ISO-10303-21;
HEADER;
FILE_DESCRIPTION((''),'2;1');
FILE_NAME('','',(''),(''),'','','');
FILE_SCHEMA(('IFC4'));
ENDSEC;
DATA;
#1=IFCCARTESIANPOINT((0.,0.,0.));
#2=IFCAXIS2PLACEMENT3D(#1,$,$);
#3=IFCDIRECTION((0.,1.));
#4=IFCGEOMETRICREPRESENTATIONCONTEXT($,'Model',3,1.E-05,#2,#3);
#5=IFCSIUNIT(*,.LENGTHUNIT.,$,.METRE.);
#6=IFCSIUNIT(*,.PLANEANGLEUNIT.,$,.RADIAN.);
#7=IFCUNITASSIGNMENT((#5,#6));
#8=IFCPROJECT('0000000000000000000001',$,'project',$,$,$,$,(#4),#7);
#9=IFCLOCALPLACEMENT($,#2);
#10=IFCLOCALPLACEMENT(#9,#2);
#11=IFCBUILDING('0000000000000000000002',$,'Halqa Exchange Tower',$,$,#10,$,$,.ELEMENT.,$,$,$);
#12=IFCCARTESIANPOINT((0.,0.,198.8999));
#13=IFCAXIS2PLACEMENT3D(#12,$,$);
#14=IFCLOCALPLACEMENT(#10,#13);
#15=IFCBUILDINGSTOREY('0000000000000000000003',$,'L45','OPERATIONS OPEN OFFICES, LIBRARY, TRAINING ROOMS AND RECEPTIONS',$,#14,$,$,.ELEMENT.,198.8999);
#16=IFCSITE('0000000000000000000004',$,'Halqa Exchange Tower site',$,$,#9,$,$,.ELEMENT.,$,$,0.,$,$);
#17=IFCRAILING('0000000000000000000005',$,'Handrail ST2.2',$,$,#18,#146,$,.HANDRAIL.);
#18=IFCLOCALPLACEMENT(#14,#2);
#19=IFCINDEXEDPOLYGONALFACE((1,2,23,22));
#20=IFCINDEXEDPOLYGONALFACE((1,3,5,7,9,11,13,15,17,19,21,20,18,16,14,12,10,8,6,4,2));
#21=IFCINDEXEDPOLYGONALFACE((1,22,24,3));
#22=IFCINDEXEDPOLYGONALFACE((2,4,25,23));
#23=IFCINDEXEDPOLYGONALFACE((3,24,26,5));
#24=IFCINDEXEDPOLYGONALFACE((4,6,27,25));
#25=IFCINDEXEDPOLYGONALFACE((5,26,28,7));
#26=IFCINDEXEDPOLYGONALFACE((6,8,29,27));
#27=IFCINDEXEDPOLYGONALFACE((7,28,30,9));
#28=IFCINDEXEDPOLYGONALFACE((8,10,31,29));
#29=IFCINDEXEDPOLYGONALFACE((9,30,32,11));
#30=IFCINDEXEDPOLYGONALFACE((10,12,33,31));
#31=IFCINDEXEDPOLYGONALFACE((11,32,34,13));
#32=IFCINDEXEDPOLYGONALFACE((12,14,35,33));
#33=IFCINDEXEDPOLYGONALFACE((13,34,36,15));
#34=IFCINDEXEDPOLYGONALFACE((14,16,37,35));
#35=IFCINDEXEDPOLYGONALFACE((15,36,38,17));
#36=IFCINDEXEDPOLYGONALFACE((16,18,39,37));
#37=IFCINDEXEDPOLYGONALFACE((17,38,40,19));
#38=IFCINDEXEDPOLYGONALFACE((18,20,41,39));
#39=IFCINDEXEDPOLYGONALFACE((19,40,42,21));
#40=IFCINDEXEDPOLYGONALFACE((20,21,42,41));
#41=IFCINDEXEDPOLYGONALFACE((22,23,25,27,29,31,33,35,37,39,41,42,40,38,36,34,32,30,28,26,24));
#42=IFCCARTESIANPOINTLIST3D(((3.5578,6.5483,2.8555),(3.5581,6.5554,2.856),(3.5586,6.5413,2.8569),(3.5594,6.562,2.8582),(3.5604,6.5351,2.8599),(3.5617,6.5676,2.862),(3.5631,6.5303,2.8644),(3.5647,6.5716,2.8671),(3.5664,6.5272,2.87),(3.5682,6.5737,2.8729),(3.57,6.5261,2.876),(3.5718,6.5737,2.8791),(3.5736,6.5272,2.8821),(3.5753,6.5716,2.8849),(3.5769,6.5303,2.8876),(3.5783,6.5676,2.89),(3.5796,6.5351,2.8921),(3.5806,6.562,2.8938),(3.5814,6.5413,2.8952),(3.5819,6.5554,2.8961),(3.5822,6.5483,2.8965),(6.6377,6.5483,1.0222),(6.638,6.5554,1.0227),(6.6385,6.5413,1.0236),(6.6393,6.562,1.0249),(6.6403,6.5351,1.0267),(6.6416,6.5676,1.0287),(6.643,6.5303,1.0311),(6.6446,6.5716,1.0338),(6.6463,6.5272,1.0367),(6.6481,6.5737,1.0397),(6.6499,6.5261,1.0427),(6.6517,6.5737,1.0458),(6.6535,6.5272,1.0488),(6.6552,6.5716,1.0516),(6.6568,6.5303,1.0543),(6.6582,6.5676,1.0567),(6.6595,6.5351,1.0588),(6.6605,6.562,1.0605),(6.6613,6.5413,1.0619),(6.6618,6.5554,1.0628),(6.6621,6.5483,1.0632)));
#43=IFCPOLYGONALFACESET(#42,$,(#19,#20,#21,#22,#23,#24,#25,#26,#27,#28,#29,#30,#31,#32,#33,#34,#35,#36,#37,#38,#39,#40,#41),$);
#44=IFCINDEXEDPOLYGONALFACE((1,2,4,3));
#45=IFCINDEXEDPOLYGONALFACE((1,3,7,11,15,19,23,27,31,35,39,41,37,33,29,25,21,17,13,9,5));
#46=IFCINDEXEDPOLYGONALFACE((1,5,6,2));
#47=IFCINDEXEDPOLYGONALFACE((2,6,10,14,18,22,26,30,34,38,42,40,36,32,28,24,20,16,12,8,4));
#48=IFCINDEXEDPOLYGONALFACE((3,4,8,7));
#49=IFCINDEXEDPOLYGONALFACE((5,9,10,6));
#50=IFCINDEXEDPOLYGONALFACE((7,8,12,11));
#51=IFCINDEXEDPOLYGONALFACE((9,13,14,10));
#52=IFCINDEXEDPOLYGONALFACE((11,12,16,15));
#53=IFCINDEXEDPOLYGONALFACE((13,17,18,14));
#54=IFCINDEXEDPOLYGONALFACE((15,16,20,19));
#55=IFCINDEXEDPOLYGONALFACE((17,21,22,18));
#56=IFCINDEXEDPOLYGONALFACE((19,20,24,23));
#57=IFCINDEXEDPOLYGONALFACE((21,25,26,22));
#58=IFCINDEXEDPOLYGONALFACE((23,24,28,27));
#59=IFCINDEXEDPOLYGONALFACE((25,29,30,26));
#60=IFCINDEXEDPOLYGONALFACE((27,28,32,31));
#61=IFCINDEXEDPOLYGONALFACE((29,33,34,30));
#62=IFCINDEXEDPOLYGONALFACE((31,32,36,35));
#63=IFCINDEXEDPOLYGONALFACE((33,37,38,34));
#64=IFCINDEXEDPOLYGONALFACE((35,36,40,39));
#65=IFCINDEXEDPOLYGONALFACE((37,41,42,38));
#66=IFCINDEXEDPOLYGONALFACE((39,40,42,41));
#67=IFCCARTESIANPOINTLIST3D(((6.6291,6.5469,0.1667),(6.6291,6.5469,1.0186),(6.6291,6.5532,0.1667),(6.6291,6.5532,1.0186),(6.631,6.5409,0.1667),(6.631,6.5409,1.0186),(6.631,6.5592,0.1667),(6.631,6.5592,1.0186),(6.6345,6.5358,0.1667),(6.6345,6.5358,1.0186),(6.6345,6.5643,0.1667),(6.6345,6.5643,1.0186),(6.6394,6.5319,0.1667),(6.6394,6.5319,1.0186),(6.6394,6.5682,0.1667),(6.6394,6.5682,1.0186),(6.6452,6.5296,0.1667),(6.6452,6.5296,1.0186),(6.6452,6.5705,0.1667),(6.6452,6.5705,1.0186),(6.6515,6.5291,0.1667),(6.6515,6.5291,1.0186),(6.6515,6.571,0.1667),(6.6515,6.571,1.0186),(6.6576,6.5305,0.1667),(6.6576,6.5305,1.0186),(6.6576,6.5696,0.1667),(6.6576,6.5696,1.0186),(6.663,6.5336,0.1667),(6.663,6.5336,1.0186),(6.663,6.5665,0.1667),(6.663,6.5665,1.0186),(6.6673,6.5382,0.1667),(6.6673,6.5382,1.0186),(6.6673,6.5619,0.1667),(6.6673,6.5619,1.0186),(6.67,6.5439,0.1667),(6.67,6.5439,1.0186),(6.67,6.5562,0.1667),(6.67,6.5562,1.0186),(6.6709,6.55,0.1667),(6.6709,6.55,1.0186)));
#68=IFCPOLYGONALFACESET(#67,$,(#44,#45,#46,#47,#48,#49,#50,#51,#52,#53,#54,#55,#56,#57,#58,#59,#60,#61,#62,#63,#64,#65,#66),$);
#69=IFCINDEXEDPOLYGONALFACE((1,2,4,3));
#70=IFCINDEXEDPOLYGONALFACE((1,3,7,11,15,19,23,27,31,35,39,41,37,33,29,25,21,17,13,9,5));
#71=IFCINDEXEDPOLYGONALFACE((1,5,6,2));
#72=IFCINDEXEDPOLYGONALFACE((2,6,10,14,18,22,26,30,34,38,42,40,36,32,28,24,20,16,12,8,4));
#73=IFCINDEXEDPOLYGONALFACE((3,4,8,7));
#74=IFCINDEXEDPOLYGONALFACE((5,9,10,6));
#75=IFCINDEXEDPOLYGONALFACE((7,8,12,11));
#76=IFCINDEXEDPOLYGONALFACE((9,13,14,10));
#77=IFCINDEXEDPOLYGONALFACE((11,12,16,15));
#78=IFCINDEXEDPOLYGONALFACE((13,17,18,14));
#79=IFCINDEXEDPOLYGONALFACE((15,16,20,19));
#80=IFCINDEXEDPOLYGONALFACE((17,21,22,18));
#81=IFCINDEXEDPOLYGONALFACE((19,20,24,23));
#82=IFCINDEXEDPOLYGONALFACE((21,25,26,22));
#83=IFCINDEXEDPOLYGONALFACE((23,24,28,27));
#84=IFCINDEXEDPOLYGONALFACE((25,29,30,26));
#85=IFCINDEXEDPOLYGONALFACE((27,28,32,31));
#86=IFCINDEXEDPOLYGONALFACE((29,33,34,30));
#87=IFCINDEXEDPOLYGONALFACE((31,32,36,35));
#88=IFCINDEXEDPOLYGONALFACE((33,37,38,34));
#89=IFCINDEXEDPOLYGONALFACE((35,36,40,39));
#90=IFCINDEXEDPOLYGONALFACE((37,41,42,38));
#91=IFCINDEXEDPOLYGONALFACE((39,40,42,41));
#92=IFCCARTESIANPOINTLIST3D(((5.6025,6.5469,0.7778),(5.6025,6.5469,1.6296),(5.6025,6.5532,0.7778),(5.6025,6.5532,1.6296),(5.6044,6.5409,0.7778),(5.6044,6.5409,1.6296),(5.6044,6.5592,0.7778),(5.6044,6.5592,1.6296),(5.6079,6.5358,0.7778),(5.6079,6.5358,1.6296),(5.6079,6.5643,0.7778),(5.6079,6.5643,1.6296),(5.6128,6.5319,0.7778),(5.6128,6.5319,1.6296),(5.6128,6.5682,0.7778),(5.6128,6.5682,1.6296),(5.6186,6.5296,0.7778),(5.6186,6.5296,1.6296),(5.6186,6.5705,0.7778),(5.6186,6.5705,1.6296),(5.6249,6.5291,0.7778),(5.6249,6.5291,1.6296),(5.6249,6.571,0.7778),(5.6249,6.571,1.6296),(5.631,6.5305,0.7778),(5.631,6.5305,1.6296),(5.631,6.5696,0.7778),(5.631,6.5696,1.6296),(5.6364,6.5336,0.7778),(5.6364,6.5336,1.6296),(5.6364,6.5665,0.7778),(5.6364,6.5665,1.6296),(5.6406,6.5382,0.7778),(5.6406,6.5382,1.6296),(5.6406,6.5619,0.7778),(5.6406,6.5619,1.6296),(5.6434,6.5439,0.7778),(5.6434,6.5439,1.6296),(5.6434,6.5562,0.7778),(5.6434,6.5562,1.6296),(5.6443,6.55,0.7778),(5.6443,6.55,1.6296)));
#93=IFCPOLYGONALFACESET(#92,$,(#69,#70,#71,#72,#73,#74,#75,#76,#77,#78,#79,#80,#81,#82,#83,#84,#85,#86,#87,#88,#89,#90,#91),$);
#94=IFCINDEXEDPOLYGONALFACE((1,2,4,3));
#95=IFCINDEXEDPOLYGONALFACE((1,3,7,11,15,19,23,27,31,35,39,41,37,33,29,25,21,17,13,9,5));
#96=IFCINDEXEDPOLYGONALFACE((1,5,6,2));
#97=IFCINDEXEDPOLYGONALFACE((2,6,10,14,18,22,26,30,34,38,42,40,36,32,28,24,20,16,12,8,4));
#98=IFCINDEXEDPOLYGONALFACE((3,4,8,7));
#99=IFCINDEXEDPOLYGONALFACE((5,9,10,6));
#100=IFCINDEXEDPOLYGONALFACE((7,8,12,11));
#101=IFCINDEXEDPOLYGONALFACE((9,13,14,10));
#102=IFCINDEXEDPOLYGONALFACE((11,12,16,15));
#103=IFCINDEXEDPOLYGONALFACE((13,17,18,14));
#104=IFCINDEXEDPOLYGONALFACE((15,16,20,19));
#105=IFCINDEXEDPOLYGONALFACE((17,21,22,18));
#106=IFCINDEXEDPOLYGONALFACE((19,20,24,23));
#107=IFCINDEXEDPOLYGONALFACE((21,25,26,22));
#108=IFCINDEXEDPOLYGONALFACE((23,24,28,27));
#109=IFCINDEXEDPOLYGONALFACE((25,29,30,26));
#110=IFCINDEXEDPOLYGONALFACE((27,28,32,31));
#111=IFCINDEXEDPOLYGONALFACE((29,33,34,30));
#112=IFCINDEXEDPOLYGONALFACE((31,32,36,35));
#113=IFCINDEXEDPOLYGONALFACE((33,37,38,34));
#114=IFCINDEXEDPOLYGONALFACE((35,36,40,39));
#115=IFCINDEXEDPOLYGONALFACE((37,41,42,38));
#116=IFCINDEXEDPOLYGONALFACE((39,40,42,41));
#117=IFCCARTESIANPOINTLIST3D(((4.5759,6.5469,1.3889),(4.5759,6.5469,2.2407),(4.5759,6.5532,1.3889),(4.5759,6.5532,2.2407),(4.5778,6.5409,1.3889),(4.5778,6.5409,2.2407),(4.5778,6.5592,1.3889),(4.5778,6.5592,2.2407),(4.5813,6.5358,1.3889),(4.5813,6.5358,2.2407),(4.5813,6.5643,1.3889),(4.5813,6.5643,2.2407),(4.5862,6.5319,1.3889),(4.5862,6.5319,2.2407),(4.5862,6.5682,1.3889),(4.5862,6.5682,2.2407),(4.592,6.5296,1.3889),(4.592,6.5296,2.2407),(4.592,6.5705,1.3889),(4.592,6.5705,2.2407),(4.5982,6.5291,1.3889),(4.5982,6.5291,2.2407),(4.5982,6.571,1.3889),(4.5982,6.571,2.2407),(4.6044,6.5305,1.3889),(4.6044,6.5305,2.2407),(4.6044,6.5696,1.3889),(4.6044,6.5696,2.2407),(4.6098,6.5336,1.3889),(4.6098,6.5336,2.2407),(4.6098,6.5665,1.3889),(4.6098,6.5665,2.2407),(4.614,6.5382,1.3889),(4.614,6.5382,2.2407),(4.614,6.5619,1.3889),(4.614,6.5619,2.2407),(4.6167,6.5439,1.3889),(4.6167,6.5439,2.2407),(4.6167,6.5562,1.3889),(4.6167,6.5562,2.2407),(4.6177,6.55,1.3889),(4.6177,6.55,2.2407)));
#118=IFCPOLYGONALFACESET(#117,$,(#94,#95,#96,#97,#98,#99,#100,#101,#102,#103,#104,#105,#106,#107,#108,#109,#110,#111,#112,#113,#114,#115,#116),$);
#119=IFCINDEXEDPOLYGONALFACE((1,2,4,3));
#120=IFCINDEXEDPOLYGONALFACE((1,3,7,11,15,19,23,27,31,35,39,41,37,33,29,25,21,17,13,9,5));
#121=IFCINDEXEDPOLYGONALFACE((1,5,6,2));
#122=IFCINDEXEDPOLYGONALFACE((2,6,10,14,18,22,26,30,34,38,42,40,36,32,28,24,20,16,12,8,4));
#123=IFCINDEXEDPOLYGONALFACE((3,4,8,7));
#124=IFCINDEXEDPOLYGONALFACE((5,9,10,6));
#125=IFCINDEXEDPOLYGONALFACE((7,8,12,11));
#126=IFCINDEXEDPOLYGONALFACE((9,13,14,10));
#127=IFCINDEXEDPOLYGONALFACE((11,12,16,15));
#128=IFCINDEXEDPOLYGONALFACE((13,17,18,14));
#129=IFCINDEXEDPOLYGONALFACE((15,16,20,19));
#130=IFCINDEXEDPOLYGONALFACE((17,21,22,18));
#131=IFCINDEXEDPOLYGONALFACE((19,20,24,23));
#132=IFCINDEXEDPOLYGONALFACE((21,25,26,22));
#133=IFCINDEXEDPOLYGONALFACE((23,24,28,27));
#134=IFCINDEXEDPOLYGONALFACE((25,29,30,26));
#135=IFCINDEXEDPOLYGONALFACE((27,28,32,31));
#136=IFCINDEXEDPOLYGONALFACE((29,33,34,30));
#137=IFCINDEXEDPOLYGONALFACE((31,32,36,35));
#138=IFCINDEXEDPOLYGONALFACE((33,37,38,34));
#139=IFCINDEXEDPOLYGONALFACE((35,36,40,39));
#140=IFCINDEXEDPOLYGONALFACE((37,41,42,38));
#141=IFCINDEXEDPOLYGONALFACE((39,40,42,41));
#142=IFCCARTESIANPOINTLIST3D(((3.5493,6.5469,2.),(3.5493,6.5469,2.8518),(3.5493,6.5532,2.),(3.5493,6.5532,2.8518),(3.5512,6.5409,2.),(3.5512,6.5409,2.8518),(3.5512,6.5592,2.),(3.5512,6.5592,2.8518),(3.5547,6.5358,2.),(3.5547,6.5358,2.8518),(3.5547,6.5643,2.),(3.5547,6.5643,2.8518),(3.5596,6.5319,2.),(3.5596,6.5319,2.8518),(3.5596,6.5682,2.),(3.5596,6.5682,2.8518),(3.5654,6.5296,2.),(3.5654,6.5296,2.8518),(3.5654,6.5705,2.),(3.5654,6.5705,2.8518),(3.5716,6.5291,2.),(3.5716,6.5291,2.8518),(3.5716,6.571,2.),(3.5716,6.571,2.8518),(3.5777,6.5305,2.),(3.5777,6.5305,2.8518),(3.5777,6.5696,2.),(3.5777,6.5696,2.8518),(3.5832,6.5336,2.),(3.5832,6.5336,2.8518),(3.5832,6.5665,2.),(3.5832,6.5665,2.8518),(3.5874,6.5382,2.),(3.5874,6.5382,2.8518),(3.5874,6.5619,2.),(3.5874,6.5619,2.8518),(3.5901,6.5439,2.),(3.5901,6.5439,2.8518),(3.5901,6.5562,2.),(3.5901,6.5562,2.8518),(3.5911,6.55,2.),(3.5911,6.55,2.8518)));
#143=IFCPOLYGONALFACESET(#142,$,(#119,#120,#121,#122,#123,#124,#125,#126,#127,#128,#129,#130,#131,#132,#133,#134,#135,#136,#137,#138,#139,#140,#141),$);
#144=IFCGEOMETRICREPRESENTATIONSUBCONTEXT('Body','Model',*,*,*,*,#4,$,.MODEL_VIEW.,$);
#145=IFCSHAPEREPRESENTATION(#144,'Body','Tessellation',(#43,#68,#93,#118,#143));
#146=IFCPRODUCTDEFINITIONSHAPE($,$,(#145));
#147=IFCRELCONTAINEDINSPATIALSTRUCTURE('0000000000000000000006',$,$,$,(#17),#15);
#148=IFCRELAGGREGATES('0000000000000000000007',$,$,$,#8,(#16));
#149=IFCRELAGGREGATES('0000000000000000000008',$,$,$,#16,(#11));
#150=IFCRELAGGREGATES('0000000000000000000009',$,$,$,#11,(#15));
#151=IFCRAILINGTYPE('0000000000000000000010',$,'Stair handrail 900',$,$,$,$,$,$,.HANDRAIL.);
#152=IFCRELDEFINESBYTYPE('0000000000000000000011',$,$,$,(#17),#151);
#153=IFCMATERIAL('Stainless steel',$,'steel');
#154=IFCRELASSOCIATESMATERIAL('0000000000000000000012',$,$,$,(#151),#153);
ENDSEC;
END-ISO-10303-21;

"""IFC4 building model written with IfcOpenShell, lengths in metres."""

from ifc_helpers import new_model, si_unit, direction, frame, origin, origin_2d, place, context, subcontext, project, spatial, circle, extrude, material, type_object, element, save


model = new_model("IFC4")

# Units and contexts
model_context = context("Model", 3, precision=1e-05, world=origin(), true_north=direction((0.0, 1.0)))
body_context = subcontext(model_context, "Body", "Model", "MODEL_VIEW")
ifc_project = project(units=[si_unit("LENGTHUNIT", "METRE"), si_unit("PLANEANGLEUNIT", "RADIAN")], contexts=[model_context])

# Site, building, storey
site_placement = place(None, origin())
site = spatial("IfcSite", under=ifc_project, at=site_placement, Name="Halqa Exchange Tower site", CompositionType="ELEMENT", RefElevation=0.0)
building_placement = place(site_placement, origin())
building = spatial("IfcBuilding", under=site, at=building_placement, Name="Halqa Exchange Tower", CompositionType="ELEMENT")
storey_placement = place(building_placement, frame((0.0, 0.0, 198.8999)))
storey = spatial("IfcBuildingStorey", under=building, at=storey_placement, Name="L45", Description="OPERATIONS OPEN OFFICES, LIBRARY, TRAINING ROOMS AND RECEPTIONS", CompositionType="ELEMENT", Elevation=198.8999)

# Railing
ifc_material_1 = material(Name="Stainless steel", Category="steel")
railing_type_1 = type_object("IfcRailingType", Name="Stair handrail 900", PredefinedType="HANDRAIL", material=ifc_material_1)
railing_1_placement = place(storey_placement, frame((6.6499, 6.55, 0.1667)))
element("IfcRailing", 1, at=railing_1_placement, inside=storey, type_object=railing_type_1, Name="Handrail ST2.2", PredefinedType="HANDRAIL", context=body_context, shape_type="SweptSolid", body=[
    extrude(circle(Radius=0.0239, at=origin_2d()), frame((0.0, 0.0, 0.876), z_axis=(-0.859291, 0.0, 0.511487), x_axis=(0.0, -1.0, 0.0)), (0.0, 0.0, 1.0), 3.5842),
    extrude(circle(Radius=0.021, at=origin_2d()), origin(), (0.0, 0.0, 1.0), 0.8518),
    extrude(circle(Radius=0.021, at=origin_2d()), frame((-1.0266, 0.0, 0.6111)), (0.0, 0.0, 1.0), 0.8518),
    extrude(circle(Radius=0.021, at=origin_2d()), frame((-2.0532, 0.0, 1.2222)), (0.0, 0.0, 1.0), 0.8518),
    extrude(circle(Radius=0.021, at=origin_2d()), frame((-3.0798, 0.0, 1.8333)), (0.0, 0.0, 1.0), 0.8518),
])

save(model, "model.ifc")
